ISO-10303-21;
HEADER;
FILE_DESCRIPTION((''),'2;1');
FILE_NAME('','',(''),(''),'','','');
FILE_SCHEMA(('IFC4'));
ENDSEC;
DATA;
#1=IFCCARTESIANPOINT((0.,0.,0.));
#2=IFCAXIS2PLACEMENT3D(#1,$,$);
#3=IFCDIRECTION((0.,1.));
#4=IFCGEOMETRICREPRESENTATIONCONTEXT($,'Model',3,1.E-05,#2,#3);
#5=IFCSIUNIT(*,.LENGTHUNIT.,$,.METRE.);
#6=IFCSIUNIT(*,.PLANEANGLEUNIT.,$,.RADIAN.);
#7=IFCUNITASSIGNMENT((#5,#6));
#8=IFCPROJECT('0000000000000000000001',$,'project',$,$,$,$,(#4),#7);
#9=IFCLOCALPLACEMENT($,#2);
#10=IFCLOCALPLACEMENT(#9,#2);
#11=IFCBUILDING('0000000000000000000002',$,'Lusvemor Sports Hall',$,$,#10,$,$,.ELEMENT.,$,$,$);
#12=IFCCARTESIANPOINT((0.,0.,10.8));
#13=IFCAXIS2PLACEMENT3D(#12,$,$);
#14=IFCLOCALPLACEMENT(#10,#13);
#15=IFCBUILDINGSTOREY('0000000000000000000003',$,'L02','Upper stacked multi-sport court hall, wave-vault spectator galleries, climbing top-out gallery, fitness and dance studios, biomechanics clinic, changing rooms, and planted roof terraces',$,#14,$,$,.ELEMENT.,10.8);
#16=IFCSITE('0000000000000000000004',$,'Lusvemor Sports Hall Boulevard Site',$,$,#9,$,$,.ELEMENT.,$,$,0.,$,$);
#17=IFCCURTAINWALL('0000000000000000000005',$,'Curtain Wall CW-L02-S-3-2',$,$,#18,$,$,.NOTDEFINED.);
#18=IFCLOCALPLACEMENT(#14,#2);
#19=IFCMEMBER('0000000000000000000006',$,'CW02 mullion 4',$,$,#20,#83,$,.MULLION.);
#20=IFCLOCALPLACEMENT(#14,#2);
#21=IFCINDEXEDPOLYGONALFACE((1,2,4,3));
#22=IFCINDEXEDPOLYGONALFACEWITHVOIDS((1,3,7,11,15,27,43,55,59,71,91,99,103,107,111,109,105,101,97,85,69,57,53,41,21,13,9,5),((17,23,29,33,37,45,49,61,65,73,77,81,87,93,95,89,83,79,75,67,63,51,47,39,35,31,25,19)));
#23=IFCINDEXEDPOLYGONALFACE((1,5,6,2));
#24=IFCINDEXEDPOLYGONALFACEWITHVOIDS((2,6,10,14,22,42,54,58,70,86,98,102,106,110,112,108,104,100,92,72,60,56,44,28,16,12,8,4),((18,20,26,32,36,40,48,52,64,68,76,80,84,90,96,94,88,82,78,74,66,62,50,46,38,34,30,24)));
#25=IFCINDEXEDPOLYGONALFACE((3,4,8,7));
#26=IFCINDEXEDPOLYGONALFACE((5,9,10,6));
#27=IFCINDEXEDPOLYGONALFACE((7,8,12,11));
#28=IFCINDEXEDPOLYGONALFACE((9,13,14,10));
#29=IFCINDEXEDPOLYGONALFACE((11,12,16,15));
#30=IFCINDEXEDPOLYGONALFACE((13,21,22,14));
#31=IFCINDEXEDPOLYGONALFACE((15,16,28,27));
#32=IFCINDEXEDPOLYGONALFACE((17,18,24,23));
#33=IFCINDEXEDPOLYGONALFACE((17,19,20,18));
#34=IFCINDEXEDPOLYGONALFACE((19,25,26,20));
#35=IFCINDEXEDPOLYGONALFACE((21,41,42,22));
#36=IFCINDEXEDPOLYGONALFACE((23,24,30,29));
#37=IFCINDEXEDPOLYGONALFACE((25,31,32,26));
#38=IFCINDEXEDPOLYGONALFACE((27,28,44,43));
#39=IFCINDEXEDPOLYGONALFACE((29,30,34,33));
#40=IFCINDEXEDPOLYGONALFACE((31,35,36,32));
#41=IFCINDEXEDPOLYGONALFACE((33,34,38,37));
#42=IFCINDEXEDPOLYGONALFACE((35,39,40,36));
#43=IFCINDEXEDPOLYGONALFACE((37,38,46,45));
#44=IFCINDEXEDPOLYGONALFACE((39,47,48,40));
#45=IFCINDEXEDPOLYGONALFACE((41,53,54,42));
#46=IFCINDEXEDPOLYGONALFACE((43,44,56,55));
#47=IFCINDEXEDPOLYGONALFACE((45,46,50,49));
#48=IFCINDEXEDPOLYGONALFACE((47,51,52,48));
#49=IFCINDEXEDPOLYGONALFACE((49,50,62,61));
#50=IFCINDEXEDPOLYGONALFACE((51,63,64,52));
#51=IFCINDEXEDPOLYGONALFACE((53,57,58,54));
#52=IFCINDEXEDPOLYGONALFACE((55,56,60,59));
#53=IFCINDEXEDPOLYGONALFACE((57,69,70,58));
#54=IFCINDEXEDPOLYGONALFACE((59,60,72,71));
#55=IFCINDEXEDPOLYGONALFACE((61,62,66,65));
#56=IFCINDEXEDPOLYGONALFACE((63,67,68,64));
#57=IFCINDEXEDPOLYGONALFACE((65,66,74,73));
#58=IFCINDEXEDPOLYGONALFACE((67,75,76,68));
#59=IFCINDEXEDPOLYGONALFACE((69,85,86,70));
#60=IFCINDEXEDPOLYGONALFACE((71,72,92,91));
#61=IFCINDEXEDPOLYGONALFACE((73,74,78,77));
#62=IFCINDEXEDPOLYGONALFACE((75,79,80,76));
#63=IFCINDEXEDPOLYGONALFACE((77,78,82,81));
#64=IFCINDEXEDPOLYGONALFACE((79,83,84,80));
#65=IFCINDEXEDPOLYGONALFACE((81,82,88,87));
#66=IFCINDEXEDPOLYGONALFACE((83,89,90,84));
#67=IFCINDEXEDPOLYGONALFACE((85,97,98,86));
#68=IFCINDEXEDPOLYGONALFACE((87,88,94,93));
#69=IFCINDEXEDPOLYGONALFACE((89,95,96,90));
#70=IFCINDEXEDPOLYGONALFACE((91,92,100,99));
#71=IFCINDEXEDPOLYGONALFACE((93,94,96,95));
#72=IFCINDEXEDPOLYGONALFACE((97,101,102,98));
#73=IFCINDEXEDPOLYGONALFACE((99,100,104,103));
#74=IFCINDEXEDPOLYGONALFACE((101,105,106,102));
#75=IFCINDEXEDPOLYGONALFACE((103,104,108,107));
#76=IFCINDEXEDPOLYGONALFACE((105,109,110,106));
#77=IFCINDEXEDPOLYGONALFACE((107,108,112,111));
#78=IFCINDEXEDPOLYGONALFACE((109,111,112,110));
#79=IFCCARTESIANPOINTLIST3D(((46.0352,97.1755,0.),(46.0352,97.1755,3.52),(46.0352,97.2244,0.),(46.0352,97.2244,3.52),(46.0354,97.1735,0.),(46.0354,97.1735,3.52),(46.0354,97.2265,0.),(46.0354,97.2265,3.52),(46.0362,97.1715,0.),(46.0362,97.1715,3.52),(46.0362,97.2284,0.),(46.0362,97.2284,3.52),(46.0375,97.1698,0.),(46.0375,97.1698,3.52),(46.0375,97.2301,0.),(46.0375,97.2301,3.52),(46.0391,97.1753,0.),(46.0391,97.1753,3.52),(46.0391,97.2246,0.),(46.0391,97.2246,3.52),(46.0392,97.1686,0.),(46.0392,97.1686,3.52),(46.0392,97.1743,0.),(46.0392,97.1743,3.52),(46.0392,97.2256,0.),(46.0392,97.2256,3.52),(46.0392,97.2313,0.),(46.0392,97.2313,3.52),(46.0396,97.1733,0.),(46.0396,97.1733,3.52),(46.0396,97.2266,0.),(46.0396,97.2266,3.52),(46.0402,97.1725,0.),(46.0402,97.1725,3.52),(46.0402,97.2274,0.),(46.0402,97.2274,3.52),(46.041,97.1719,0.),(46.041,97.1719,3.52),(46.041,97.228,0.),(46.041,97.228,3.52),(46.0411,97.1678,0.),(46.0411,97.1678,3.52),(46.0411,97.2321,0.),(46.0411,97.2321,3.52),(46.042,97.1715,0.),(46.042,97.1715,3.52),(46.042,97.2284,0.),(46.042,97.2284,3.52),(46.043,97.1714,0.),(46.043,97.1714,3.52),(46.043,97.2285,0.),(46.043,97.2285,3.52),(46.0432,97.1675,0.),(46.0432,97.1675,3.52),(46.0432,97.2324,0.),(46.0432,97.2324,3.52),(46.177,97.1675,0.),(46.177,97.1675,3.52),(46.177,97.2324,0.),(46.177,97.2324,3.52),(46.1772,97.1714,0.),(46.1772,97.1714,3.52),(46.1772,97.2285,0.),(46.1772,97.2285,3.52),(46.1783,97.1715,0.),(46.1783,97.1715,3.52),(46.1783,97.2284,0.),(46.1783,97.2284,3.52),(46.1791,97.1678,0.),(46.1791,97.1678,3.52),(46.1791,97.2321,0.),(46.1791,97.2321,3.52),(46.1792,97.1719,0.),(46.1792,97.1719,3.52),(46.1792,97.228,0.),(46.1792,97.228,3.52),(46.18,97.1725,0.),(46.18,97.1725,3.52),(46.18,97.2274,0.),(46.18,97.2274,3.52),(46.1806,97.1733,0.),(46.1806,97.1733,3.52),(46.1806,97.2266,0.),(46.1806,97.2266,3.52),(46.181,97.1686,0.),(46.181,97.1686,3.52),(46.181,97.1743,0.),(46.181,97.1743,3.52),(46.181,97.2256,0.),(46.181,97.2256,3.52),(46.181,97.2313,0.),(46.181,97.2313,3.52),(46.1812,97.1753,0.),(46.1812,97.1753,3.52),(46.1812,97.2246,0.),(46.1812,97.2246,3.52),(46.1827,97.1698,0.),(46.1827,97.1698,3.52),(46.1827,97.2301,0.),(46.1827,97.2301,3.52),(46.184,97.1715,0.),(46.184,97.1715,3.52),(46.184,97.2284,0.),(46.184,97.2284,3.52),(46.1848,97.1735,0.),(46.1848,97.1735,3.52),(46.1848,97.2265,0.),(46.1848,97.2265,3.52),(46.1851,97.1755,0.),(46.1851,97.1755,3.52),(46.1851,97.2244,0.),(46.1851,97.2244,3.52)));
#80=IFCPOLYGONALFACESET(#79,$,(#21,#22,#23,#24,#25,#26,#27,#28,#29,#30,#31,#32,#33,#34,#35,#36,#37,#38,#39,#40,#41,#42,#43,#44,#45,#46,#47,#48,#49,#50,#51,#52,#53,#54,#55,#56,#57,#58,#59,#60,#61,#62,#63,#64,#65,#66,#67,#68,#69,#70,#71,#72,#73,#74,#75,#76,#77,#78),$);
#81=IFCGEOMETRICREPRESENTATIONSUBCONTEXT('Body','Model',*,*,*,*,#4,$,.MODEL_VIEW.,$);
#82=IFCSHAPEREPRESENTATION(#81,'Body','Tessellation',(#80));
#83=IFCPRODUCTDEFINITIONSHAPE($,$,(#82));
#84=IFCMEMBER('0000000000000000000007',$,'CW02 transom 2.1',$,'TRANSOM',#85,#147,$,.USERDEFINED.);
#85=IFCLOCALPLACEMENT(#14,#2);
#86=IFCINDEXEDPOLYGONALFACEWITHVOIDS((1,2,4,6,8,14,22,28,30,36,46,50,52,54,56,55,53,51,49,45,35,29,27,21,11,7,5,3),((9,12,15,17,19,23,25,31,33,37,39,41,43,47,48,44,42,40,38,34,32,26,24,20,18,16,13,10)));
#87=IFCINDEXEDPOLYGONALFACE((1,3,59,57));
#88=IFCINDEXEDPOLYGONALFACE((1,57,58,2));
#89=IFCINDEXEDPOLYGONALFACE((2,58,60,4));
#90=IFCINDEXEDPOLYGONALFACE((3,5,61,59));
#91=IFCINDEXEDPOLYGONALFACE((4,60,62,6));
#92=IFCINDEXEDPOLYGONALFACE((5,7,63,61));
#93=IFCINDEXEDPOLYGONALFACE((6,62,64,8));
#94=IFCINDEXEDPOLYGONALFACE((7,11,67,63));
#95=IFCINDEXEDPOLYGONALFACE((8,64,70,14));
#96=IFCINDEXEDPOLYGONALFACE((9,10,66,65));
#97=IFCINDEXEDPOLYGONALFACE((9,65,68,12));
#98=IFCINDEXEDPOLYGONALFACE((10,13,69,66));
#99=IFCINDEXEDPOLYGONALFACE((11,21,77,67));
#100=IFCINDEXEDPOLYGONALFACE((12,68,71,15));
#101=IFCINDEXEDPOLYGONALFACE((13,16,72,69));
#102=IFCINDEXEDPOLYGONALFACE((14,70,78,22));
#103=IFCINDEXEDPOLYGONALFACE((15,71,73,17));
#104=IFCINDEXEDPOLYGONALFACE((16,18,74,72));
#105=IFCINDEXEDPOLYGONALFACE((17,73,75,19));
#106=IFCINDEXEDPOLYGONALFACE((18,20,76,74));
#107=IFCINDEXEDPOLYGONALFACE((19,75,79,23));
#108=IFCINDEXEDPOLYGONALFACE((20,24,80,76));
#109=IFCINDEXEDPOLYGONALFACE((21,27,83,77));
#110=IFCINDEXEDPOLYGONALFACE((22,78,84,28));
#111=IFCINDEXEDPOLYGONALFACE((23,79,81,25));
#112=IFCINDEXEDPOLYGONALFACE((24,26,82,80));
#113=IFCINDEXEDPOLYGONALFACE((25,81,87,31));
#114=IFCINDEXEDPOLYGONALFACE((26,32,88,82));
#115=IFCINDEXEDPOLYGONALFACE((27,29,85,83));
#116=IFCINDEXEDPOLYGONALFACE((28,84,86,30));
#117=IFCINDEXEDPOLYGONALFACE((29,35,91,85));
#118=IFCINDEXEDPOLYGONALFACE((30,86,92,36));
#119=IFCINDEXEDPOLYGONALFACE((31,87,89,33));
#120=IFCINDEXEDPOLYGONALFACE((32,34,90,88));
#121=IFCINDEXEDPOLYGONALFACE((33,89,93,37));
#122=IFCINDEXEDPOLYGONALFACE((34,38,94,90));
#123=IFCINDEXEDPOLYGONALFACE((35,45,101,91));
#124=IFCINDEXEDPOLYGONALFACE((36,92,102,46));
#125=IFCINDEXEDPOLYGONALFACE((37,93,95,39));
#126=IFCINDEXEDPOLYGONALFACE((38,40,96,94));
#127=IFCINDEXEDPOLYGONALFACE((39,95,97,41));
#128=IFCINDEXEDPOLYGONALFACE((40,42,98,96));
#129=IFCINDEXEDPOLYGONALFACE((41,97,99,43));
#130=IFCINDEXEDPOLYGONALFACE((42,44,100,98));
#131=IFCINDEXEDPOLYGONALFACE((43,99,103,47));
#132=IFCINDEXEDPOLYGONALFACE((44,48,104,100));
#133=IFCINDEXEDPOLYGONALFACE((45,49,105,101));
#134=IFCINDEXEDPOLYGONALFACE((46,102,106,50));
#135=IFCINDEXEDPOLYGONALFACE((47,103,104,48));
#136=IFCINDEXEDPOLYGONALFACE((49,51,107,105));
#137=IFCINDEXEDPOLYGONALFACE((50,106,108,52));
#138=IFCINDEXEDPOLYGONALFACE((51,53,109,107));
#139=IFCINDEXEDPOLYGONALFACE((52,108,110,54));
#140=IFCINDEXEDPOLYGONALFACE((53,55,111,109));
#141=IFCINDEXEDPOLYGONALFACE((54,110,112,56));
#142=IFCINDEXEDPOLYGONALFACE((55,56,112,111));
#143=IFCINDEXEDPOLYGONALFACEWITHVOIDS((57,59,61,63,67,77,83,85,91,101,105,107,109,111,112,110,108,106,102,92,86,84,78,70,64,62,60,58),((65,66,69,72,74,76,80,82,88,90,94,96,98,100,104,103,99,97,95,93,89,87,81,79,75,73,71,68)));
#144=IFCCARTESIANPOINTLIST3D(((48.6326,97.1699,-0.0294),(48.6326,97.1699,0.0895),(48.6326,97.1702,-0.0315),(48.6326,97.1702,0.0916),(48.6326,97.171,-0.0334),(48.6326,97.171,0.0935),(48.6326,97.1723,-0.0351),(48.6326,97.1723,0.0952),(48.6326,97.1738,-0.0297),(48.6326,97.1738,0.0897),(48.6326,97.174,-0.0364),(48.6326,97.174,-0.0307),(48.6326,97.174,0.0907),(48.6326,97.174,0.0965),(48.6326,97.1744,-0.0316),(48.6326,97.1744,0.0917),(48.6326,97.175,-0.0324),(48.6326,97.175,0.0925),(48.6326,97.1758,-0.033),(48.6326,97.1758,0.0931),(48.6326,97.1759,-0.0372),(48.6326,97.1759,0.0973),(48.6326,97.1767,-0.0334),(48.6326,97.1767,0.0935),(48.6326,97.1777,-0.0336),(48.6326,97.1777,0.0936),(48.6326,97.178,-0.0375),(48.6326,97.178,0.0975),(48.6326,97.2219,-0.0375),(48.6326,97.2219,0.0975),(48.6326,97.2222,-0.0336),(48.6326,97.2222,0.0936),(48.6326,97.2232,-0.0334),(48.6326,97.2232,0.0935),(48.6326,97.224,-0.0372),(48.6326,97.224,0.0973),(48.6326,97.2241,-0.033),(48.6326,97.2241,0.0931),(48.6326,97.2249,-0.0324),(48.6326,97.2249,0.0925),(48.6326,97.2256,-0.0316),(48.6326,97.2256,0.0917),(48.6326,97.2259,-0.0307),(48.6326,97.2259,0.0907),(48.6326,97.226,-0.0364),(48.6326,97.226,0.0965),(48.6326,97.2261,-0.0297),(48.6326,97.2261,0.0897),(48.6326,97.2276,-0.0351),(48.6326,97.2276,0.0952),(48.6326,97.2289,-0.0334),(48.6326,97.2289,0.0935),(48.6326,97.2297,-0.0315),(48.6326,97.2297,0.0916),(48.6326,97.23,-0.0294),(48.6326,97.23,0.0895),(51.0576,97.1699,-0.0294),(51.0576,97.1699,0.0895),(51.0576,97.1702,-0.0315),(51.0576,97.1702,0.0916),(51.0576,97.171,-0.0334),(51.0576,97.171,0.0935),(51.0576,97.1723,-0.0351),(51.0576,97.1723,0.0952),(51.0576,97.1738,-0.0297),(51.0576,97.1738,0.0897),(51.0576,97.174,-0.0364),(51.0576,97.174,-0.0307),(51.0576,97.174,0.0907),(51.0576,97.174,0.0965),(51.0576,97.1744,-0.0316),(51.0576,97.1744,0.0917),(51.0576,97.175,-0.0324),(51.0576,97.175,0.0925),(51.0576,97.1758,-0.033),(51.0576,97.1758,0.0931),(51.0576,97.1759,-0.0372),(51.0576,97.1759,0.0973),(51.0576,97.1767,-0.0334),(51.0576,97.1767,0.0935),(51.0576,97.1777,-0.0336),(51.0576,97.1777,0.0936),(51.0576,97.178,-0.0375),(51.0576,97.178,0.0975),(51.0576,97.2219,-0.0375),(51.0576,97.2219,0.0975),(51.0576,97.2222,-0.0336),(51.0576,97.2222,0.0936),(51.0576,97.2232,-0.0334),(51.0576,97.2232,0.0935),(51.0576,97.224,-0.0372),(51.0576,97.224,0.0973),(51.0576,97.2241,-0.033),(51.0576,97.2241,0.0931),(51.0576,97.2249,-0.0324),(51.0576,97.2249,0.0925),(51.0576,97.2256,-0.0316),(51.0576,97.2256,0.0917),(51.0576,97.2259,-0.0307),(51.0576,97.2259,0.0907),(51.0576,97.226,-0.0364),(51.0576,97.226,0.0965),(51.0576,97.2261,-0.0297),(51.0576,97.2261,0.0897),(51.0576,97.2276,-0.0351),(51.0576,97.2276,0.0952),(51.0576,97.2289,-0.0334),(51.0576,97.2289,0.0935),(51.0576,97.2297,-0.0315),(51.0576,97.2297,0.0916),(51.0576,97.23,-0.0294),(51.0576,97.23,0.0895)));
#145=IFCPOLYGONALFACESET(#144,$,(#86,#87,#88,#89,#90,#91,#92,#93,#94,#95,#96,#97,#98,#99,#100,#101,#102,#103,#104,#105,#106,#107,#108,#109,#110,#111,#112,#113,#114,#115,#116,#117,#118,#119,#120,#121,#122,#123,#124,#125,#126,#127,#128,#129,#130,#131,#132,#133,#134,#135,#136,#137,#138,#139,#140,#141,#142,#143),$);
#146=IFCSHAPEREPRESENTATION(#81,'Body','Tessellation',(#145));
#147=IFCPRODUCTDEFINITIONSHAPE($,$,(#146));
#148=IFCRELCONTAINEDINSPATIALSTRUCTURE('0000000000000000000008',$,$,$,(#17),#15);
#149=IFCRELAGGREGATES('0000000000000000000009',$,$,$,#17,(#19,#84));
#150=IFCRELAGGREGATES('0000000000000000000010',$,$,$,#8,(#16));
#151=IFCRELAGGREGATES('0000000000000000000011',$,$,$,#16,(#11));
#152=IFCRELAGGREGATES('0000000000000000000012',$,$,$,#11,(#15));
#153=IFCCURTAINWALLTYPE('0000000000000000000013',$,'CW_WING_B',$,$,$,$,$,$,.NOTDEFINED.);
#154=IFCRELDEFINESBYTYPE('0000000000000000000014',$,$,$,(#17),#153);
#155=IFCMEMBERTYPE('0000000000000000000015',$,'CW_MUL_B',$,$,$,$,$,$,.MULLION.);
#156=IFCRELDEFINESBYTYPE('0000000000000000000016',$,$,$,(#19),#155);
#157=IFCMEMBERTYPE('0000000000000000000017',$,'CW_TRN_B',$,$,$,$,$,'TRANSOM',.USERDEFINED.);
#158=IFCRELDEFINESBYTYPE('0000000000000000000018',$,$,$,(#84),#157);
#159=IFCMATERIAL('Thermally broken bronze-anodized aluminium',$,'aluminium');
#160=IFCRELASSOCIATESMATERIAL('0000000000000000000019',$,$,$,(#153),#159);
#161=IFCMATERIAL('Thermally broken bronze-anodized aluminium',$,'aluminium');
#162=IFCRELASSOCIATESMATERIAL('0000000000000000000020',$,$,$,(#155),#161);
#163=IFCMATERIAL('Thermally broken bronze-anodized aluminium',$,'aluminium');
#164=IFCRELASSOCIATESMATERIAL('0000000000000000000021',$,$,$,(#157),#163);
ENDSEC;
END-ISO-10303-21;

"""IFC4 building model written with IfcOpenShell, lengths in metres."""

from ifc_helpers import new_model, si_unit, direction, frame, origin, origin_2d, place, context, subcontext, project, spatial, hollow_rectangle, extrude, material, material_profile, profile_set, type_object, element, aggregate, save


model = new_model("IFC4")

# Units and contexts
model_context = context("Model", 3, precision=1e-05, world=origin(), true_north=direction((0.0, 1.0)))
body_context = subcontext(model_context, "Body", "Model", "MODEL_VIEW")
ifc_project = project(units=[si_unit("LENGTHUNIT", "METRE"), si_unit("PLANEANGLEUNIT", "RADIAN")], contexts=[model_context])

# Site, building, storey
site_placement = place(None, origin())
site = spatial("IfcSite", under=ifc_project, at=site_placement, Name="Lusvemor Sports Hall Boulevard Site", CompositionType="ELEMENT", RefElevation=0.0)
building_placement = place(site_placement, origin())
building = spatial("IfcBuilding", under=site, at=building_placement, Name="Lusvemor Sports Hall", CompositionType="ELEMENT")
storey_placement = place(building_placement, frame((0.0, 0.0, 10.8)))
storey = spatial("IfcBuildingStorey", under=building, at=storey_placement, Name="L02", Description="Upper stacked multi-sport court hall, wave-vault spectator galleries, climbing top-out gallery, fitness and dance studios, biomechanics clinic, changing rooms, and planted roof terraces", CompositionType="ELEMENT", Elevation=10.8)

# Curtain wall, members
ifc_material_1 = material(Name="Thermally broken bronze-anodized aluminium", Category="aluminium")
curtain_wall_type = type_object("IfcCurtainWallType", Name="CW_WING_B", PredefinedType="NOTDEFINED", material=ifc_material_1)
curtain_wall_placement = place(storey_placement, origin())
curtain_wall = element("IfcCurtainWall", 1, at=curtain_wall_placement, inside=storey, type_object=curtain_wall_type, Name="Curtain Wall CW-L02-S-3-2", PredefinedType="NOTDEFINED")
ifc_material_2 = material(Name="Thermally broken bronze-anodized aluminium", Category="aluminium")
ifc_material_profile_1 = material_profile(ifc_material_2, hollow_rectangle(XDim=0.0649, YDim=0.1499, WallThickness=0.0039, InnerFilletRadius=0.0039, OuterFilletRadius=0.0081, at=origin_2d()), Name="CWMUL150x65x4")
ifc_profile_set_1 = profile_set([ifc_material_profile_1], Name="Thermally broken bronze-anodized aluminium")
member_type_1 = type_object("IfcMemberType", Name="CW_MUL_B", PredefinedType="MULLION", material=ifc_profile_set_1)
member_1_placement = place(storey_placement, frame((46.1101, 97.2, 0.0), z_axis=(0.0, 0.0, 1.0), x_axis=(0.0, -1.0, 0.0)))
member_1 = element("IfcMember", 2, at=member_1_placement, type_object=member_type_1, Name="CW02 mullion 4", PredefinedType="MULLION", context=body_context, shape_type="SweptSolid", body=[
    extrude(hollow_rectangle(XDim=0.0649, YDim=0.1499, WallThickness=0.0039, InnerFilletRadius=0.0039, OuterFilletRadius=0.0081, at=origin_2d()), origin(), (0.0, 0.0, 1.0), 3.52),
])
ifc_material_3 = material(Name="Thermally broken bronze-anodized aluminium", Category="aluminium")
ifc_material_profile_2 = material_profile(ifc_material_3, hollow_rectangle(XDim=0.0601, YDim=0.135, WallThickness=0.0039, InnerFilletRadius=0.0039, OuterFilletRadius=0.0081, at=origin_2d()), Name="CWTRN135x60x4")
ifc_profile_set_2 = profile_set([ifc_material_profile_2], Name="Thermally broken bronze-anodized aluminium")
member_type_2 = type_object("IfcMemberType", Name="CW_TRN_B", ElementType="TRANSOM", PredefinedType="USERDEFINED", material=ifc_profile_set_2)
member_2_placement = place(storey_placement, frame((51.0576, 97.2, 0.03), z_axis=(-1.0, 0.0, 0.0), x_axis=(0.0, -1.0, 0.0)))
member_2 = element("IfcMember", 3, at=member_2_placement, type_object=member_type_2, Name="CW02 transom 2.1", ObjectType="TRANSOM", PredefinedType="USERDEFINED", context=body_context, shape_type="SweptSolid", body=[
    extrude(hollow_rectangle(XDim=0.0601, YDim=0.135, WallThickness=0.0039, InnerFilletRadius=0.0039, OuterFilletRadius=0.0081, at=origin_2d()), origin(), (0.0, 0.0, 1.0), 2.425),
])

aggregate(curtain_wall, [member_1, member_2])

save(model, "model.ifc")
